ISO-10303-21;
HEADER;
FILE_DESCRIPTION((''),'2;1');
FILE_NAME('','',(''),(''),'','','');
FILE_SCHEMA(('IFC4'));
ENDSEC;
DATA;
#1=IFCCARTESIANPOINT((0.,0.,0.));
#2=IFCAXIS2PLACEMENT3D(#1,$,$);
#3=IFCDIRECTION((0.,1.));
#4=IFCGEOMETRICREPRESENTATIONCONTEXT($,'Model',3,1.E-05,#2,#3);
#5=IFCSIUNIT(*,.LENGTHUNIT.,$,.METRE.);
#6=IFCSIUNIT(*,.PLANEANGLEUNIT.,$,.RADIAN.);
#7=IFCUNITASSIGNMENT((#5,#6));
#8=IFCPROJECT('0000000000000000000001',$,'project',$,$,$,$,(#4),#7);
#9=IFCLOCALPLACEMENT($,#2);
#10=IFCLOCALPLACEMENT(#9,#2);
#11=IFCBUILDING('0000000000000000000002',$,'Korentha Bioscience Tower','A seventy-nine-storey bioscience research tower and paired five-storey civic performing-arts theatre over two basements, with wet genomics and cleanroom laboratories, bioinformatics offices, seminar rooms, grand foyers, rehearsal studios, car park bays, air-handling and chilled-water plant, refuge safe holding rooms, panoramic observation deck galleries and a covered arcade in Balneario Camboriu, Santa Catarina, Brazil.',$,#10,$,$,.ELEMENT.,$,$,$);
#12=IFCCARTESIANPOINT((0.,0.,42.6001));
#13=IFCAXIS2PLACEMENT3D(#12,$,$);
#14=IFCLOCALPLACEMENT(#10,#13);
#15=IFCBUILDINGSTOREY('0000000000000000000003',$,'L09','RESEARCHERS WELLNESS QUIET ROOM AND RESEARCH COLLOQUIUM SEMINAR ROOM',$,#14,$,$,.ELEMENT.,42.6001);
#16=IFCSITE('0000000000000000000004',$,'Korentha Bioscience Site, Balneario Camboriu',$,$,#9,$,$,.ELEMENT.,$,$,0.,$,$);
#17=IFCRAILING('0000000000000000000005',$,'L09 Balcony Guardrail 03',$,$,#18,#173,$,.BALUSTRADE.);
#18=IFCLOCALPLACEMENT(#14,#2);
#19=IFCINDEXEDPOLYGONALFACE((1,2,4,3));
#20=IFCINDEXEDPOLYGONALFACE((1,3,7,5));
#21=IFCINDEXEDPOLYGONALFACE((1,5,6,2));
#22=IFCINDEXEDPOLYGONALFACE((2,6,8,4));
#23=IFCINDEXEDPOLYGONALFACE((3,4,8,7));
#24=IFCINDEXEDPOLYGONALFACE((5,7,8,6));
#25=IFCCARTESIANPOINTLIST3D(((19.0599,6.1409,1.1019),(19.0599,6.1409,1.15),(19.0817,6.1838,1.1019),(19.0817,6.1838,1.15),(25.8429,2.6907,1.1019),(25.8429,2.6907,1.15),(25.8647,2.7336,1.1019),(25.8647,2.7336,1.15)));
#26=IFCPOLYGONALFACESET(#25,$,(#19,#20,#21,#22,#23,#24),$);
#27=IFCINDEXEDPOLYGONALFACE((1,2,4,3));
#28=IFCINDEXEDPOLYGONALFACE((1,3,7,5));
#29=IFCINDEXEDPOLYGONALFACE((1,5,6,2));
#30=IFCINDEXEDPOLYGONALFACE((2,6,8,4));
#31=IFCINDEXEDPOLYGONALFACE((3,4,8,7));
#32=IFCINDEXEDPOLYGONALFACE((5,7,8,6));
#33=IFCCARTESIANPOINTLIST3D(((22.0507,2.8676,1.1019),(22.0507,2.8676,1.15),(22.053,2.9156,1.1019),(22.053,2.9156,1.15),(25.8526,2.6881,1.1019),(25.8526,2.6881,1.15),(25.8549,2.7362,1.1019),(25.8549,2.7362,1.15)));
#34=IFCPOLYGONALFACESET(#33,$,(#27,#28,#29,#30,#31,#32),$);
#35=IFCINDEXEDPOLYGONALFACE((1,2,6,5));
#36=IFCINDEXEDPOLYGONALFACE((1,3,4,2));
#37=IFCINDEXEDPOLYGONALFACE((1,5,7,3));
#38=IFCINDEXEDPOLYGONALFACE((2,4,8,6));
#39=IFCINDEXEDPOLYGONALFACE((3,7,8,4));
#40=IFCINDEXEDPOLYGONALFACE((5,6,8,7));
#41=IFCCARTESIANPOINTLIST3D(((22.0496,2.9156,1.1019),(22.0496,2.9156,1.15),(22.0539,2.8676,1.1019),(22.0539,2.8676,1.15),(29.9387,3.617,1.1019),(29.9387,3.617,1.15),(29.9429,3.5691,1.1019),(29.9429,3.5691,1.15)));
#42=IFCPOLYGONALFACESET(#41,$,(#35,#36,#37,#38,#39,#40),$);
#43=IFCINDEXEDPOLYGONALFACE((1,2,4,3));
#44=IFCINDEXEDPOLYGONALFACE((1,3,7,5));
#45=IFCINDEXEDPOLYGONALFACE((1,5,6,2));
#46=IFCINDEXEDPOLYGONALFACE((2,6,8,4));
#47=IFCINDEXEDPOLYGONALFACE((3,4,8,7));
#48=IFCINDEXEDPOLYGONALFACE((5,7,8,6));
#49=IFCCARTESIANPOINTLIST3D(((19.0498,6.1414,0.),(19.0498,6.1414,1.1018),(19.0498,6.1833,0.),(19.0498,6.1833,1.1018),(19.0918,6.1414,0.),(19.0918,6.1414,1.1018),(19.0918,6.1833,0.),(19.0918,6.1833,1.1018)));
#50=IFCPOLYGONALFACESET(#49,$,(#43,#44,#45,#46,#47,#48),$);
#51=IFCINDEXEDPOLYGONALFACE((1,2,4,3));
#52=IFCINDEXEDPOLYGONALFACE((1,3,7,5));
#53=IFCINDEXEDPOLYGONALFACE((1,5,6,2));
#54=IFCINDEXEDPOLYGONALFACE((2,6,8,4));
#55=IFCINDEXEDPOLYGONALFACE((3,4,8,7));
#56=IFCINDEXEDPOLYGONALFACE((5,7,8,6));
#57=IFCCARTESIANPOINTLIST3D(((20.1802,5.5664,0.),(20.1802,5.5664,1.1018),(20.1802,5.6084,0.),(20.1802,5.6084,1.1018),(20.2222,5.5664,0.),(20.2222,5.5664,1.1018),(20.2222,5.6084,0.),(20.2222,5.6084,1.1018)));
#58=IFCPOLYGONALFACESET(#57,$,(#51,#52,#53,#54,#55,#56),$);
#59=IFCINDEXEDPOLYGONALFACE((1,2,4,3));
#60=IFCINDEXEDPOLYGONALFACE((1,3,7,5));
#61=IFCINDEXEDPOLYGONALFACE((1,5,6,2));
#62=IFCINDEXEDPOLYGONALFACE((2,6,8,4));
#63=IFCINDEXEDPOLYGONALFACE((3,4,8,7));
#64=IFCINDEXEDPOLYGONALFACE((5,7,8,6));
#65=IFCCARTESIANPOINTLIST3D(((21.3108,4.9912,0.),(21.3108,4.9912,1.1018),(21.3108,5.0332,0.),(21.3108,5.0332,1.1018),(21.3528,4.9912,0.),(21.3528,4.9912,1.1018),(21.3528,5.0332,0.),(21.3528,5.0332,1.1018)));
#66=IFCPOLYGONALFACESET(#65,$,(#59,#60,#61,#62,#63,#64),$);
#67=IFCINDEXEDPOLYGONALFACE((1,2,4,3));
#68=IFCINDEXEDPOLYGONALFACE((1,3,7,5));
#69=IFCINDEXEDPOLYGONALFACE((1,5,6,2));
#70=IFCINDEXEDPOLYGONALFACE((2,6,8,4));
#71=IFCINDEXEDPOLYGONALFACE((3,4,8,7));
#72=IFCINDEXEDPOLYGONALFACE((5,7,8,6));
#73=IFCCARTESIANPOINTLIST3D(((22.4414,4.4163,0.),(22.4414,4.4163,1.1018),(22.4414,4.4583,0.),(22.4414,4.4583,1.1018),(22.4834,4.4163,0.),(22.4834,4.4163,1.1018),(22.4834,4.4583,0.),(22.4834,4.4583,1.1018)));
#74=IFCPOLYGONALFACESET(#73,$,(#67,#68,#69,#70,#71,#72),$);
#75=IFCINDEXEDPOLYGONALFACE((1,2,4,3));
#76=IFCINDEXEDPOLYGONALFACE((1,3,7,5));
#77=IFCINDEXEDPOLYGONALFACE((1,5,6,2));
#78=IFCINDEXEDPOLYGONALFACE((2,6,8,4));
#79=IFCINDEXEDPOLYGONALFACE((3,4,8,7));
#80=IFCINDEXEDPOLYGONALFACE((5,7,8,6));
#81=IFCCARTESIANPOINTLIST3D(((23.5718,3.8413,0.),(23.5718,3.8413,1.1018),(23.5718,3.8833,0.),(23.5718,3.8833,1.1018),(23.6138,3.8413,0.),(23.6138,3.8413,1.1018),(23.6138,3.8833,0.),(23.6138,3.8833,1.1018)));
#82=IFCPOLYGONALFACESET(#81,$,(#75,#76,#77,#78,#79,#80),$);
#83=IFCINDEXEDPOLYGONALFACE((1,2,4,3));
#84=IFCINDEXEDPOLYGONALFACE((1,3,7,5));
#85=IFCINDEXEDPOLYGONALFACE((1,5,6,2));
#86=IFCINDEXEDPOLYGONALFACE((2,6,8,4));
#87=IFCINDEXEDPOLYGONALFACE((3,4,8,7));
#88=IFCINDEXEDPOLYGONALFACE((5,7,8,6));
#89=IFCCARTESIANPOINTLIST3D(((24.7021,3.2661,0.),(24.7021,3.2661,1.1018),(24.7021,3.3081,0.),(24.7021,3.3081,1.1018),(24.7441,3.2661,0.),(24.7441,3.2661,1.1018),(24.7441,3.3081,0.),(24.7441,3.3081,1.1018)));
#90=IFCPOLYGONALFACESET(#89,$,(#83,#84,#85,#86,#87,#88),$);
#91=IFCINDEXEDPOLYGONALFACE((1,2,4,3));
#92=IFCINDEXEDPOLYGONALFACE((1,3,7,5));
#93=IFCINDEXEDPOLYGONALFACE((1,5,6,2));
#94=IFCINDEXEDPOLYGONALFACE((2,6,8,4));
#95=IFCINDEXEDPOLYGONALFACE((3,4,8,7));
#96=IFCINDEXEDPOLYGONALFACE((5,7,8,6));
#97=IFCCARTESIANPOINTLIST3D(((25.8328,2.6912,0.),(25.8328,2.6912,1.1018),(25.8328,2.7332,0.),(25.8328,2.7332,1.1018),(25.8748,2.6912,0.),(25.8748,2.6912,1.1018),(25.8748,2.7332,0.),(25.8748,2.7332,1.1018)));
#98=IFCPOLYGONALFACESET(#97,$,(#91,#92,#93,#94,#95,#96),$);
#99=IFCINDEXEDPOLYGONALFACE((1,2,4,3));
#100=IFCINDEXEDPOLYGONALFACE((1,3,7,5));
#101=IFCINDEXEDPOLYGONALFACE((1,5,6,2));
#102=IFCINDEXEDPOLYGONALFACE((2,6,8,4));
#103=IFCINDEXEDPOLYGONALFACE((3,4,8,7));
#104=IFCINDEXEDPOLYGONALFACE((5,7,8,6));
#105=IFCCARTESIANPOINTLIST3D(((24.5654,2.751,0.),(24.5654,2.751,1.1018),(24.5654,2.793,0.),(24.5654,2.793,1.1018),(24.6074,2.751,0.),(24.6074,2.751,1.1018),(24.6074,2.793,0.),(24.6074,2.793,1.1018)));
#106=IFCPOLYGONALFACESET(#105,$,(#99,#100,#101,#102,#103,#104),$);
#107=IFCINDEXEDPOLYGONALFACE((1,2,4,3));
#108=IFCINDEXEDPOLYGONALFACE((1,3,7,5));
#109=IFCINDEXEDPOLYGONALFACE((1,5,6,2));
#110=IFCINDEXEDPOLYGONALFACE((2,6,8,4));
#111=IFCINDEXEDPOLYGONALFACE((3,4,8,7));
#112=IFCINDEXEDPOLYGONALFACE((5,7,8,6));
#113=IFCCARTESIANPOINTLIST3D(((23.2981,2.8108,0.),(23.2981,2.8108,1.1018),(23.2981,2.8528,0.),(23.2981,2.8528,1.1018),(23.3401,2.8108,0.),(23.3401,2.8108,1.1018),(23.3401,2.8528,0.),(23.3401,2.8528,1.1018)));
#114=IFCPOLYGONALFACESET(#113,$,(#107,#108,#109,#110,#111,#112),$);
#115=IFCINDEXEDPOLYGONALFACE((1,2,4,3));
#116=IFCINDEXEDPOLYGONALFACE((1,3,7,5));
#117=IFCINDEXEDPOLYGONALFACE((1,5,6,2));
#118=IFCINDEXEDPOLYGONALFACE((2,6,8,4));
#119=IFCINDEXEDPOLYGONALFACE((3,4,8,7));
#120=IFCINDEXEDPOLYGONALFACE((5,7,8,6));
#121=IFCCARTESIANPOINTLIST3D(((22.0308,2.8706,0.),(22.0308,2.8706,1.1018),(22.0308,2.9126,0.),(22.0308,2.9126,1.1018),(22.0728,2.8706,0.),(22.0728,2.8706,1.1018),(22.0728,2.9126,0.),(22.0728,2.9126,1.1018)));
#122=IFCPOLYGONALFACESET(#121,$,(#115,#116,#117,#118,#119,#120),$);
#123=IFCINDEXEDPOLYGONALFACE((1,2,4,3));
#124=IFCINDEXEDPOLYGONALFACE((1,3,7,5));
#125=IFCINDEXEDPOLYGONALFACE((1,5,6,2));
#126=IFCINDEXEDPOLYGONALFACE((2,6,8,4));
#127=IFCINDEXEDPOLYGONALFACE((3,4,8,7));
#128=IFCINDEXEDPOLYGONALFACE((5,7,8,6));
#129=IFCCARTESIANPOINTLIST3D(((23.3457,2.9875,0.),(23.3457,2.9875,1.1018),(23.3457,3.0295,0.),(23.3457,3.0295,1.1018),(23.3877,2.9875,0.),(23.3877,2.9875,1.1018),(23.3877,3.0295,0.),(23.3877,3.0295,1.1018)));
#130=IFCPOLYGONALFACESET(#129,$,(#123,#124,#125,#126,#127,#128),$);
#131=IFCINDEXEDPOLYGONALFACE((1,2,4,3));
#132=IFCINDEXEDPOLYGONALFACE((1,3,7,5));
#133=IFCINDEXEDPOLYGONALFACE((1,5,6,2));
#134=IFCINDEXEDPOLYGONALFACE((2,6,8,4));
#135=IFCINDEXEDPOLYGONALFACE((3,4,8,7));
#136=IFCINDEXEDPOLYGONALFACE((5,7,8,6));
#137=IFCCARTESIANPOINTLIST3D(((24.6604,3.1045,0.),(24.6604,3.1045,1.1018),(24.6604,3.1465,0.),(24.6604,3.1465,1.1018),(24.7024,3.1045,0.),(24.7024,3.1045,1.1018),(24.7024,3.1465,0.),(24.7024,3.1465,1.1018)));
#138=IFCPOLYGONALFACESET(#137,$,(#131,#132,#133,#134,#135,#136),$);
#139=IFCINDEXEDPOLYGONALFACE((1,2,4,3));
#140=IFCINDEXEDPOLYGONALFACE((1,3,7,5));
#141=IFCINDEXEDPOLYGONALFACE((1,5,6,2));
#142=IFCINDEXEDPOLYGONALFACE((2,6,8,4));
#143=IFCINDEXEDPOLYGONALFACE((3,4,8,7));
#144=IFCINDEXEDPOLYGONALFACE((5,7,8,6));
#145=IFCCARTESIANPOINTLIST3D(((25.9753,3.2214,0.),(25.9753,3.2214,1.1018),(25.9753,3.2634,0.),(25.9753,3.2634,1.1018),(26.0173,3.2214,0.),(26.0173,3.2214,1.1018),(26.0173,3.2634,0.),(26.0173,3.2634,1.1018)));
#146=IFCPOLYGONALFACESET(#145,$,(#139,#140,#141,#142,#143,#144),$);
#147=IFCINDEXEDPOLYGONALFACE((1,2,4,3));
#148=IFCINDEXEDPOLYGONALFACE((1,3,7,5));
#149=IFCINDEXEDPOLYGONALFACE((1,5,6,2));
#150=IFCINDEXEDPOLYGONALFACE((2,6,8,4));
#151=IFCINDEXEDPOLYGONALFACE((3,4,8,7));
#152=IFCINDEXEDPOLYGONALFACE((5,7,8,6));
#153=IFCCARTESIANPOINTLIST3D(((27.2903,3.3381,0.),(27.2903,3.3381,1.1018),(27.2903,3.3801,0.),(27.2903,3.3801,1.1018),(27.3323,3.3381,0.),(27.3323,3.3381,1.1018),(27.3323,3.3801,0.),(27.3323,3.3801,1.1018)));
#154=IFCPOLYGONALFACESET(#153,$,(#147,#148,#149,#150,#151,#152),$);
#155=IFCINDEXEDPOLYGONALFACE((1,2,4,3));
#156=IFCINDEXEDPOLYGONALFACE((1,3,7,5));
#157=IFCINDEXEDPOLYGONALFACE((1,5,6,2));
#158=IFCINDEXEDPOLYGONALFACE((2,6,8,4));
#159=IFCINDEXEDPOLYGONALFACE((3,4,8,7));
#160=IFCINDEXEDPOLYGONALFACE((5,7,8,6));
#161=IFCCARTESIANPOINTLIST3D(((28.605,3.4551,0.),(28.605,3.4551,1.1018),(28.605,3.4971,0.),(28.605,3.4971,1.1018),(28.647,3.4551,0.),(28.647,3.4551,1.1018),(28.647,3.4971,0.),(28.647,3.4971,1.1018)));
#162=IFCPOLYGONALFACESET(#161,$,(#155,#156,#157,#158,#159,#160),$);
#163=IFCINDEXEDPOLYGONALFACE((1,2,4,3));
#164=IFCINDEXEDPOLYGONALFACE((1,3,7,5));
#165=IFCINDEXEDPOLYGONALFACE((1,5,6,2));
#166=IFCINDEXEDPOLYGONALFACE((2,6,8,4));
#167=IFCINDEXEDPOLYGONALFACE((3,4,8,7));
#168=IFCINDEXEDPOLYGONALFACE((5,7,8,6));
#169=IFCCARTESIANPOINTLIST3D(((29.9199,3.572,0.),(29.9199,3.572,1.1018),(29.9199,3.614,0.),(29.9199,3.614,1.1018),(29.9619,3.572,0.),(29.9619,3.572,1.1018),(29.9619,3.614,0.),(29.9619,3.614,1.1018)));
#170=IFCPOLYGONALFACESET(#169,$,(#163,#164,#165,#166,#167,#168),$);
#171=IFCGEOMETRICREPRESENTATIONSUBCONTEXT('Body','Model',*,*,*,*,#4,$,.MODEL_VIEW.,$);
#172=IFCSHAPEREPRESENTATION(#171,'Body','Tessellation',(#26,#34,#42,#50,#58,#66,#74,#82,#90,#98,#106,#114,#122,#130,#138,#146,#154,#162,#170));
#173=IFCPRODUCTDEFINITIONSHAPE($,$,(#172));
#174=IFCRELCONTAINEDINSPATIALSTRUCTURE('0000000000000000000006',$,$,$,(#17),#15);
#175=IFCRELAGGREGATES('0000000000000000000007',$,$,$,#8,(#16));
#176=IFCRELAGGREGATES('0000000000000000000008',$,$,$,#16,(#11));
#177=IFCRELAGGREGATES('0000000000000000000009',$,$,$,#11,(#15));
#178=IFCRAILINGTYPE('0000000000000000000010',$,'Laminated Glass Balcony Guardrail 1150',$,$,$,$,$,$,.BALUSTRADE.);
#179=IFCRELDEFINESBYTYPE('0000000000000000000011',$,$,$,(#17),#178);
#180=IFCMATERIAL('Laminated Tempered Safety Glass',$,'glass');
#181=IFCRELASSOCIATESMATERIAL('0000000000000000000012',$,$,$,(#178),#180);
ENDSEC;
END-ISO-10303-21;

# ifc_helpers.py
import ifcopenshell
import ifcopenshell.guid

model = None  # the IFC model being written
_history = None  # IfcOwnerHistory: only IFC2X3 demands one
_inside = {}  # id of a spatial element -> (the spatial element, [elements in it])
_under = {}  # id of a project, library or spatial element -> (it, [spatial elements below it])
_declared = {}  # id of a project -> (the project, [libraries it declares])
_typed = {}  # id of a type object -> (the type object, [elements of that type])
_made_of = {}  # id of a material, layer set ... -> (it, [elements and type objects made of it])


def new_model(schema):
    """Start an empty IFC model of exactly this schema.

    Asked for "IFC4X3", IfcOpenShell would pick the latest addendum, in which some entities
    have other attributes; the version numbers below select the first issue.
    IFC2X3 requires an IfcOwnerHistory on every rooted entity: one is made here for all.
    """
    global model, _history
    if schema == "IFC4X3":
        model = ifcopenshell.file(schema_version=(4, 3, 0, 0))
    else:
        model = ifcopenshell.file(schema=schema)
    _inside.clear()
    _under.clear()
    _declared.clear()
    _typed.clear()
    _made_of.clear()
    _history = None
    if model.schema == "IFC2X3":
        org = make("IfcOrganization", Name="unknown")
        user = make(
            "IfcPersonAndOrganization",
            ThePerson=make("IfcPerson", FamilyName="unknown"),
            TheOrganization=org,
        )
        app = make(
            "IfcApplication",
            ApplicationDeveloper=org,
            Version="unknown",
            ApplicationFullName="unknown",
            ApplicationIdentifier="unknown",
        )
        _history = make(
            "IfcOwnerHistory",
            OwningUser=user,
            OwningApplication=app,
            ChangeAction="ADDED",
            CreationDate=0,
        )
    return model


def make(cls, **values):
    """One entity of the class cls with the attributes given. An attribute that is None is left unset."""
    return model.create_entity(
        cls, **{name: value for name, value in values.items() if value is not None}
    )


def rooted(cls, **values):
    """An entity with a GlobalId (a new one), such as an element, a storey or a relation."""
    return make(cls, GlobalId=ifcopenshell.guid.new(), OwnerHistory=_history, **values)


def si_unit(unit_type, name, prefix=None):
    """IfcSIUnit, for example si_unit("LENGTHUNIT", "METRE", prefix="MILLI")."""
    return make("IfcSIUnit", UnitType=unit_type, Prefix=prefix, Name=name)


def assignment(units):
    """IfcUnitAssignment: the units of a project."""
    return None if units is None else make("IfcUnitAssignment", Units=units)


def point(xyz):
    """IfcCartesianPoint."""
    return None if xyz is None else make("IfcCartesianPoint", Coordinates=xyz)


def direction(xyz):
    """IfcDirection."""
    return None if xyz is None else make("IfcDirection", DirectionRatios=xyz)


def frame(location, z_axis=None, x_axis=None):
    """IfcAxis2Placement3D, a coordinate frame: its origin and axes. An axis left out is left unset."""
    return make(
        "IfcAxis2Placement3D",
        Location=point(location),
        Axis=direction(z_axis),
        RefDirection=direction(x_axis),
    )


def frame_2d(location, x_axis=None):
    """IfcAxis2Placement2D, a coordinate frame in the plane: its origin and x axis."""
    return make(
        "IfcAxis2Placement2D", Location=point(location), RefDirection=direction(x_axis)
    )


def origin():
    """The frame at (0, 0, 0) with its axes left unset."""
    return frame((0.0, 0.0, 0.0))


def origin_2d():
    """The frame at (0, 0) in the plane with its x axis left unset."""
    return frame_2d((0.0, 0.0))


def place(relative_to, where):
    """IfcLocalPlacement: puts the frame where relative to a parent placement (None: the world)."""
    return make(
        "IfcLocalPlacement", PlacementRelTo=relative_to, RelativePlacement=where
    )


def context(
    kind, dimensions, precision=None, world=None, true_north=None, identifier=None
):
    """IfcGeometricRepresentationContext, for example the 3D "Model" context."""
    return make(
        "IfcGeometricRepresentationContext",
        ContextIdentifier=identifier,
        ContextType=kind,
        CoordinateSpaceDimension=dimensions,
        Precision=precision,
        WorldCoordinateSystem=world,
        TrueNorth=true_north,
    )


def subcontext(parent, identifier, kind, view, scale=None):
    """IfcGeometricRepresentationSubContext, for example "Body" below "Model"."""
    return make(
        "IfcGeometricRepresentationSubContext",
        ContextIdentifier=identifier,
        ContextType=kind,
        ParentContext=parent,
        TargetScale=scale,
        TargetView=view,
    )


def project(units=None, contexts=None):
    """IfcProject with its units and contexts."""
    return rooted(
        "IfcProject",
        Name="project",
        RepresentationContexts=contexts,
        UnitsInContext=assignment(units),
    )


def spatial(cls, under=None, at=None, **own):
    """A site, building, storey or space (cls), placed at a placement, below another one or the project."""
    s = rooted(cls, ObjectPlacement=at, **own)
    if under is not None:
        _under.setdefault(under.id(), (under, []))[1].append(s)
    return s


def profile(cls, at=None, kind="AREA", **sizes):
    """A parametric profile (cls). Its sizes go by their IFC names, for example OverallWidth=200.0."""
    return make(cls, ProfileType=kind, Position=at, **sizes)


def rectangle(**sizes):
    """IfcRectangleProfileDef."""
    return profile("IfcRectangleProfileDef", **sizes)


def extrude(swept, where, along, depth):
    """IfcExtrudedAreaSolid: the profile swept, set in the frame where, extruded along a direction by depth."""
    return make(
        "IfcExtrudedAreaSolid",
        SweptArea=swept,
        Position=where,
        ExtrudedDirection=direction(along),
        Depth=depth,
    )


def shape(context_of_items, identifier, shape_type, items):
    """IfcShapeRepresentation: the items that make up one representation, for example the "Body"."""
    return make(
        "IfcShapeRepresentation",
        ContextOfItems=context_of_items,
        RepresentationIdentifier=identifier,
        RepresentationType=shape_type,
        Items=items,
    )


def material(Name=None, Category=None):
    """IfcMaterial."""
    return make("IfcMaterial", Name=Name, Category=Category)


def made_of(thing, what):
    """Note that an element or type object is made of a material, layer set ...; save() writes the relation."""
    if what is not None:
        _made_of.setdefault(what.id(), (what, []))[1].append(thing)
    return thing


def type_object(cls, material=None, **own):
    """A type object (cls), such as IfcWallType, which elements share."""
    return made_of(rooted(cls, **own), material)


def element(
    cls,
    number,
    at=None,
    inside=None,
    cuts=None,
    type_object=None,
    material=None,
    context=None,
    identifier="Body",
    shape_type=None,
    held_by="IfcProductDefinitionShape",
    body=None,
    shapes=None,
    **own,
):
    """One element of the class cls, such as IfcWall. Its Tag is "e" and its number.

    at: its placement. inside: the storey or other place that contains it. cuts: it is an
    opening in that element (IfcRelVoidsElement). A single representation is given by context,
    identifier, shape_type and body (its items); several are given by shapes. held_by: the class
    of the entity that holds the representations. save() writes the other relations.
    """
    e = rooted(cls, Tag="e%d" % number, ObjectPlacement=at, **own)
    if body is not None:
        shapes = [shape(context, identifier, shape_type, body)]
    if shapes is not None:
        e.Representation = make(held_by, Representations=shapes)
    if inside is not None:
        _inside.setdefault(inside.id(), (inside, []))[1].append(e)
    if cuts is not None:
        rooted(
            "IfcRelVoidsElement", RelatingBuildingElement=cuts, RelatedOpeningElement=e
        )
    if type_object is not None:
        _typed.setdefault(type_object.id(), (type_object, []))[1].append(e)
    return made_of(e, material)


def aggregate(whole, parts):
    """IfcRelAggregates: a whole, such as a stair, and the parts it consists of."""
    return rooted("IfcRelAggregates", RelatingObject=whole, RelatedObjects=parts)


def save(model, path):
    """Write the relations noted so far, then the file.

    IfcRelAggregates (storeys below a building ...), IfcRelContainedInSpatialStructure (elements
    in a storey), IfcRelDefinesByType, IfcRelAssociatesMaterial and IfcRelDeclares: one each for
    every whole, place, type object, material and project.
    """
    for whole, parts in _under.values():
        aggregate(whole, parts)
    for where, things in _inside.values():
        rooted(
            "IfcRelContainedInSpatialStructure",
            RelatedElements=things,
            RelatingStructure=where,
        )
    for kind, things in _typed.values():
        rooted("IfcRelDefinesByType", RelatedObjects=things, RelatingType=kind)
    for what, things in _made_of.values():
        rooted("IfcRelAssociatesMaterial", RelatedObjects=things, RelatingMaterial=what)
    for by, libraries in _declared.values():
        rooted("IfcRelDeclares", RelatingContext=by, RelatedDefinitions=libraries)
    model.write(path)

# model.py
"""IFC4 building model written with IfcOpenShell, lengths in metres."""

from ifc_helpers import new_model, si_unit, direction, frame, origin, origin_2d, place, context, subcontext, project, spatial, rectangle, extrude, material, type_object, element, save


model = new_model("IFC4")

# Units and contexts
model_context = context("Model", 3, precision=1e-05, world=origin(), true_north=direction((0.0, 1.0)))
body_context = subcontext(model_context, "Body", "Model", "MODEL_VIEW")
ifc_project = project(units=[si_unit("LENGTHUNIT", "METRE"), si_unit("PLANEANGLEUNIT", "RADIAN")], contexts=[model_context])

# Site, building, storey
site_placement = place(None, origin())
site = spatial("IfcSite", under=ifc_project, at=site_placement, Name="Korentha Bioscience Site, Balneario Camboriu", CompositionType="ELEMENT", RefElevation=0.0)
building_placement = place(site_placement, origin())
building = spatial("IfcBuilding", under=site, at=building_placement, Name="Korentha Bioscience Tower", Description="A seventy-nine-storey bioscience research tower and paired five-storey civic performing-arts theatre over two basements, with wet genomics and cleanroom laboratories, bioinformatics offices, seminar rooms, grand foyers, rehearsal studios, car park bays, air-handling and chilled-water plant, refuge safe holding rooms, panoramic observation deck galleries and a covered arcade in Balneario Camboriu, Santa Catarina, Brazil.", CompositionType="ELEMENT")
storey_placement = place(building_placement, frame((0.0, 0.0, 42.6001)))
storey = spatial("IfcBuildingStorey", under=building, at=storey_placement, Name="L09", Description="RESEARCHERS WELLNESS QUIET ROOM AND RESEARCH COLLOQUIUM SEMINAR ROOM", CompositionType="ELEMENT", Elevation=42.6001)

# Railing
ifc_material_1 = material(Name="Laminated Tempered Safety Glass", Category="glass")
railing_type = type_object("IfcRailingType", Name="Laminated Glass Balcony Guardrail 1150", PredefinedType="BALUSTRADE", material=ifc_material_1)
railing_placement = place(storey_placement, frame((19.0708, 6.1624, 0.0)))
element("IfcRailing", 1, at=railing_placement, inside=storey, type_object=railing_type, Name="L09 Balcony Guardrail 03", PredefinedType="BALUSTRADE", context=body_context, shape_type="SweptSolid", body=[
    extrude(rectangle(XDim=0.0481, YDim=0.0481, at=origin_2d()), frame((0.0, 0.0, 1.126), z_axis=(0.89132, -0.453375, 0.0), x_axis=(0.453375, 0.89132, 0.0)), (0.0, 0.0, 1.0), 7.6101),
    extrude(rectangle(XDim=0.0481, YDim=0.0481, at=origin_2d()), frame((6.783, -3.4502, 1.126), z_axis=(-0.998888, 0.047145, 0.0), x_axis=(-0.047145, -0.998888, 0.0)), (0.0, 0.0, 1.0), 3.8062),
    extrude(rectangle(XDim=0.0481, YDim=0.0481, at=origin_2d()), frame((2.981, -3.2708, 1.126), z_axis=(0.996071, 0.088559, 0.0), x_axis=(-0.088559, 0.996071, 0.0)), (0.0, 0.0, 1.0), 7.9202),
    extrude(rectangle(XDim=0.042, YDim=0.042, at=origin_2d()), origin(), (0.0, 0.0, 1.0), 1.1018),
    extrude(rectangle(XDim=0.042, YDim=0.042, at=origin_2d()), frame((1.1304, -0.575, 0.0)), (0.0, 0.0, 1.0), 1.1018),
    extrude(rectangle(XDim=0.042, YDim=0.042, at=origin_2d()), frame((2.261, -1.1501, 0.0)), (0.0, 0.0, 1.0), 1.1018),
    extrude(rectangle(XDim=0.042, YDim=0.042, at=origin_2d()), frame((3.3916, -1.7251, 0.0)), (0.0, 0.0, 1.0), 1.1018),
    extrude(rectangle(XDim=0.042, YDim=0.042, at=origin_2d()), frame((4.522, -2.3, 0.0)), (0.0, 0.0, 1.0), 1.1018),
    extrude(rectangle(XDim=0.042, YDim=0.042, at=origin_2d()), frame((5.6523, -2.8752, 0.0)), (0.0, 0.0, 1.0), 1.1018),
    extrude(rectangle(XDim=0.042, YDim=0.042, at=origin_2d()), frame((6.783, -3.4502, 0.0)), (0.0, 0.0, 1.0), 1.1018),
    extrude(rectangle(XDim=0.042, YDim=0.042, at=origin_2d()), frame((5.5156, -3.3904, 0.0)), (0.0, 0.0, 1.0), 1.1018),
    extrude(rectangle(XDim=0.042, YDim=0.042, at=origin_2d()), frame((4.2483, -3.3306, 0.0)), (0.0, 0.0, 1.0), 1.1018),
    extrude(rectangle(XDim=0.042, YDim=0.042, at=origin_2d()), frame((2.981, -3.2708, 0.0)), (0.0, 0.0, 1.0), 1.1018),
    extrude(rectangle(XDim=0.042, YDim=0.042, at=origin_2d()), frame((4.2959, -3.1538, 0.0)), (0.0, 0.0, 1.0), 1.1018),
    extrude(rectangle(XDim=0.042, YDim=0.042, at=origin_2d()), frame((5.6106, -3.0369, 0.0)), (0.0, 0.0, 1.0), 1.1018),
    extrude(rectangle(XDim=0.042, YDim=0.042, at=origin_2d()), frame((6.9255, -2.9199, 0.0)), (0.0, 0.0, 1.0), 1.1018),
    extrude(rectangle(XDim=0.042, YDim=0.042, at=origin_2d()), frame((8.2405, -2.8032, 0.0)), (0.0, 0.0, 1.0), 1.1018),
    extrude(rectangle(XDim=0.042, YDim=0.042, at=origin_2d()), frame((9.5552, -2.6863, 0.0)), (0.0, 0.0, 1.0), 1.1018),
    extrude(rectangle(XDim=0.042, YDim=0.042, at=origin_2d()), frame((10.8701, -2.5693, 0.0)), (0.0, 0.0, 1.0), 1.1018),
])

save(model, "model.ifc")
